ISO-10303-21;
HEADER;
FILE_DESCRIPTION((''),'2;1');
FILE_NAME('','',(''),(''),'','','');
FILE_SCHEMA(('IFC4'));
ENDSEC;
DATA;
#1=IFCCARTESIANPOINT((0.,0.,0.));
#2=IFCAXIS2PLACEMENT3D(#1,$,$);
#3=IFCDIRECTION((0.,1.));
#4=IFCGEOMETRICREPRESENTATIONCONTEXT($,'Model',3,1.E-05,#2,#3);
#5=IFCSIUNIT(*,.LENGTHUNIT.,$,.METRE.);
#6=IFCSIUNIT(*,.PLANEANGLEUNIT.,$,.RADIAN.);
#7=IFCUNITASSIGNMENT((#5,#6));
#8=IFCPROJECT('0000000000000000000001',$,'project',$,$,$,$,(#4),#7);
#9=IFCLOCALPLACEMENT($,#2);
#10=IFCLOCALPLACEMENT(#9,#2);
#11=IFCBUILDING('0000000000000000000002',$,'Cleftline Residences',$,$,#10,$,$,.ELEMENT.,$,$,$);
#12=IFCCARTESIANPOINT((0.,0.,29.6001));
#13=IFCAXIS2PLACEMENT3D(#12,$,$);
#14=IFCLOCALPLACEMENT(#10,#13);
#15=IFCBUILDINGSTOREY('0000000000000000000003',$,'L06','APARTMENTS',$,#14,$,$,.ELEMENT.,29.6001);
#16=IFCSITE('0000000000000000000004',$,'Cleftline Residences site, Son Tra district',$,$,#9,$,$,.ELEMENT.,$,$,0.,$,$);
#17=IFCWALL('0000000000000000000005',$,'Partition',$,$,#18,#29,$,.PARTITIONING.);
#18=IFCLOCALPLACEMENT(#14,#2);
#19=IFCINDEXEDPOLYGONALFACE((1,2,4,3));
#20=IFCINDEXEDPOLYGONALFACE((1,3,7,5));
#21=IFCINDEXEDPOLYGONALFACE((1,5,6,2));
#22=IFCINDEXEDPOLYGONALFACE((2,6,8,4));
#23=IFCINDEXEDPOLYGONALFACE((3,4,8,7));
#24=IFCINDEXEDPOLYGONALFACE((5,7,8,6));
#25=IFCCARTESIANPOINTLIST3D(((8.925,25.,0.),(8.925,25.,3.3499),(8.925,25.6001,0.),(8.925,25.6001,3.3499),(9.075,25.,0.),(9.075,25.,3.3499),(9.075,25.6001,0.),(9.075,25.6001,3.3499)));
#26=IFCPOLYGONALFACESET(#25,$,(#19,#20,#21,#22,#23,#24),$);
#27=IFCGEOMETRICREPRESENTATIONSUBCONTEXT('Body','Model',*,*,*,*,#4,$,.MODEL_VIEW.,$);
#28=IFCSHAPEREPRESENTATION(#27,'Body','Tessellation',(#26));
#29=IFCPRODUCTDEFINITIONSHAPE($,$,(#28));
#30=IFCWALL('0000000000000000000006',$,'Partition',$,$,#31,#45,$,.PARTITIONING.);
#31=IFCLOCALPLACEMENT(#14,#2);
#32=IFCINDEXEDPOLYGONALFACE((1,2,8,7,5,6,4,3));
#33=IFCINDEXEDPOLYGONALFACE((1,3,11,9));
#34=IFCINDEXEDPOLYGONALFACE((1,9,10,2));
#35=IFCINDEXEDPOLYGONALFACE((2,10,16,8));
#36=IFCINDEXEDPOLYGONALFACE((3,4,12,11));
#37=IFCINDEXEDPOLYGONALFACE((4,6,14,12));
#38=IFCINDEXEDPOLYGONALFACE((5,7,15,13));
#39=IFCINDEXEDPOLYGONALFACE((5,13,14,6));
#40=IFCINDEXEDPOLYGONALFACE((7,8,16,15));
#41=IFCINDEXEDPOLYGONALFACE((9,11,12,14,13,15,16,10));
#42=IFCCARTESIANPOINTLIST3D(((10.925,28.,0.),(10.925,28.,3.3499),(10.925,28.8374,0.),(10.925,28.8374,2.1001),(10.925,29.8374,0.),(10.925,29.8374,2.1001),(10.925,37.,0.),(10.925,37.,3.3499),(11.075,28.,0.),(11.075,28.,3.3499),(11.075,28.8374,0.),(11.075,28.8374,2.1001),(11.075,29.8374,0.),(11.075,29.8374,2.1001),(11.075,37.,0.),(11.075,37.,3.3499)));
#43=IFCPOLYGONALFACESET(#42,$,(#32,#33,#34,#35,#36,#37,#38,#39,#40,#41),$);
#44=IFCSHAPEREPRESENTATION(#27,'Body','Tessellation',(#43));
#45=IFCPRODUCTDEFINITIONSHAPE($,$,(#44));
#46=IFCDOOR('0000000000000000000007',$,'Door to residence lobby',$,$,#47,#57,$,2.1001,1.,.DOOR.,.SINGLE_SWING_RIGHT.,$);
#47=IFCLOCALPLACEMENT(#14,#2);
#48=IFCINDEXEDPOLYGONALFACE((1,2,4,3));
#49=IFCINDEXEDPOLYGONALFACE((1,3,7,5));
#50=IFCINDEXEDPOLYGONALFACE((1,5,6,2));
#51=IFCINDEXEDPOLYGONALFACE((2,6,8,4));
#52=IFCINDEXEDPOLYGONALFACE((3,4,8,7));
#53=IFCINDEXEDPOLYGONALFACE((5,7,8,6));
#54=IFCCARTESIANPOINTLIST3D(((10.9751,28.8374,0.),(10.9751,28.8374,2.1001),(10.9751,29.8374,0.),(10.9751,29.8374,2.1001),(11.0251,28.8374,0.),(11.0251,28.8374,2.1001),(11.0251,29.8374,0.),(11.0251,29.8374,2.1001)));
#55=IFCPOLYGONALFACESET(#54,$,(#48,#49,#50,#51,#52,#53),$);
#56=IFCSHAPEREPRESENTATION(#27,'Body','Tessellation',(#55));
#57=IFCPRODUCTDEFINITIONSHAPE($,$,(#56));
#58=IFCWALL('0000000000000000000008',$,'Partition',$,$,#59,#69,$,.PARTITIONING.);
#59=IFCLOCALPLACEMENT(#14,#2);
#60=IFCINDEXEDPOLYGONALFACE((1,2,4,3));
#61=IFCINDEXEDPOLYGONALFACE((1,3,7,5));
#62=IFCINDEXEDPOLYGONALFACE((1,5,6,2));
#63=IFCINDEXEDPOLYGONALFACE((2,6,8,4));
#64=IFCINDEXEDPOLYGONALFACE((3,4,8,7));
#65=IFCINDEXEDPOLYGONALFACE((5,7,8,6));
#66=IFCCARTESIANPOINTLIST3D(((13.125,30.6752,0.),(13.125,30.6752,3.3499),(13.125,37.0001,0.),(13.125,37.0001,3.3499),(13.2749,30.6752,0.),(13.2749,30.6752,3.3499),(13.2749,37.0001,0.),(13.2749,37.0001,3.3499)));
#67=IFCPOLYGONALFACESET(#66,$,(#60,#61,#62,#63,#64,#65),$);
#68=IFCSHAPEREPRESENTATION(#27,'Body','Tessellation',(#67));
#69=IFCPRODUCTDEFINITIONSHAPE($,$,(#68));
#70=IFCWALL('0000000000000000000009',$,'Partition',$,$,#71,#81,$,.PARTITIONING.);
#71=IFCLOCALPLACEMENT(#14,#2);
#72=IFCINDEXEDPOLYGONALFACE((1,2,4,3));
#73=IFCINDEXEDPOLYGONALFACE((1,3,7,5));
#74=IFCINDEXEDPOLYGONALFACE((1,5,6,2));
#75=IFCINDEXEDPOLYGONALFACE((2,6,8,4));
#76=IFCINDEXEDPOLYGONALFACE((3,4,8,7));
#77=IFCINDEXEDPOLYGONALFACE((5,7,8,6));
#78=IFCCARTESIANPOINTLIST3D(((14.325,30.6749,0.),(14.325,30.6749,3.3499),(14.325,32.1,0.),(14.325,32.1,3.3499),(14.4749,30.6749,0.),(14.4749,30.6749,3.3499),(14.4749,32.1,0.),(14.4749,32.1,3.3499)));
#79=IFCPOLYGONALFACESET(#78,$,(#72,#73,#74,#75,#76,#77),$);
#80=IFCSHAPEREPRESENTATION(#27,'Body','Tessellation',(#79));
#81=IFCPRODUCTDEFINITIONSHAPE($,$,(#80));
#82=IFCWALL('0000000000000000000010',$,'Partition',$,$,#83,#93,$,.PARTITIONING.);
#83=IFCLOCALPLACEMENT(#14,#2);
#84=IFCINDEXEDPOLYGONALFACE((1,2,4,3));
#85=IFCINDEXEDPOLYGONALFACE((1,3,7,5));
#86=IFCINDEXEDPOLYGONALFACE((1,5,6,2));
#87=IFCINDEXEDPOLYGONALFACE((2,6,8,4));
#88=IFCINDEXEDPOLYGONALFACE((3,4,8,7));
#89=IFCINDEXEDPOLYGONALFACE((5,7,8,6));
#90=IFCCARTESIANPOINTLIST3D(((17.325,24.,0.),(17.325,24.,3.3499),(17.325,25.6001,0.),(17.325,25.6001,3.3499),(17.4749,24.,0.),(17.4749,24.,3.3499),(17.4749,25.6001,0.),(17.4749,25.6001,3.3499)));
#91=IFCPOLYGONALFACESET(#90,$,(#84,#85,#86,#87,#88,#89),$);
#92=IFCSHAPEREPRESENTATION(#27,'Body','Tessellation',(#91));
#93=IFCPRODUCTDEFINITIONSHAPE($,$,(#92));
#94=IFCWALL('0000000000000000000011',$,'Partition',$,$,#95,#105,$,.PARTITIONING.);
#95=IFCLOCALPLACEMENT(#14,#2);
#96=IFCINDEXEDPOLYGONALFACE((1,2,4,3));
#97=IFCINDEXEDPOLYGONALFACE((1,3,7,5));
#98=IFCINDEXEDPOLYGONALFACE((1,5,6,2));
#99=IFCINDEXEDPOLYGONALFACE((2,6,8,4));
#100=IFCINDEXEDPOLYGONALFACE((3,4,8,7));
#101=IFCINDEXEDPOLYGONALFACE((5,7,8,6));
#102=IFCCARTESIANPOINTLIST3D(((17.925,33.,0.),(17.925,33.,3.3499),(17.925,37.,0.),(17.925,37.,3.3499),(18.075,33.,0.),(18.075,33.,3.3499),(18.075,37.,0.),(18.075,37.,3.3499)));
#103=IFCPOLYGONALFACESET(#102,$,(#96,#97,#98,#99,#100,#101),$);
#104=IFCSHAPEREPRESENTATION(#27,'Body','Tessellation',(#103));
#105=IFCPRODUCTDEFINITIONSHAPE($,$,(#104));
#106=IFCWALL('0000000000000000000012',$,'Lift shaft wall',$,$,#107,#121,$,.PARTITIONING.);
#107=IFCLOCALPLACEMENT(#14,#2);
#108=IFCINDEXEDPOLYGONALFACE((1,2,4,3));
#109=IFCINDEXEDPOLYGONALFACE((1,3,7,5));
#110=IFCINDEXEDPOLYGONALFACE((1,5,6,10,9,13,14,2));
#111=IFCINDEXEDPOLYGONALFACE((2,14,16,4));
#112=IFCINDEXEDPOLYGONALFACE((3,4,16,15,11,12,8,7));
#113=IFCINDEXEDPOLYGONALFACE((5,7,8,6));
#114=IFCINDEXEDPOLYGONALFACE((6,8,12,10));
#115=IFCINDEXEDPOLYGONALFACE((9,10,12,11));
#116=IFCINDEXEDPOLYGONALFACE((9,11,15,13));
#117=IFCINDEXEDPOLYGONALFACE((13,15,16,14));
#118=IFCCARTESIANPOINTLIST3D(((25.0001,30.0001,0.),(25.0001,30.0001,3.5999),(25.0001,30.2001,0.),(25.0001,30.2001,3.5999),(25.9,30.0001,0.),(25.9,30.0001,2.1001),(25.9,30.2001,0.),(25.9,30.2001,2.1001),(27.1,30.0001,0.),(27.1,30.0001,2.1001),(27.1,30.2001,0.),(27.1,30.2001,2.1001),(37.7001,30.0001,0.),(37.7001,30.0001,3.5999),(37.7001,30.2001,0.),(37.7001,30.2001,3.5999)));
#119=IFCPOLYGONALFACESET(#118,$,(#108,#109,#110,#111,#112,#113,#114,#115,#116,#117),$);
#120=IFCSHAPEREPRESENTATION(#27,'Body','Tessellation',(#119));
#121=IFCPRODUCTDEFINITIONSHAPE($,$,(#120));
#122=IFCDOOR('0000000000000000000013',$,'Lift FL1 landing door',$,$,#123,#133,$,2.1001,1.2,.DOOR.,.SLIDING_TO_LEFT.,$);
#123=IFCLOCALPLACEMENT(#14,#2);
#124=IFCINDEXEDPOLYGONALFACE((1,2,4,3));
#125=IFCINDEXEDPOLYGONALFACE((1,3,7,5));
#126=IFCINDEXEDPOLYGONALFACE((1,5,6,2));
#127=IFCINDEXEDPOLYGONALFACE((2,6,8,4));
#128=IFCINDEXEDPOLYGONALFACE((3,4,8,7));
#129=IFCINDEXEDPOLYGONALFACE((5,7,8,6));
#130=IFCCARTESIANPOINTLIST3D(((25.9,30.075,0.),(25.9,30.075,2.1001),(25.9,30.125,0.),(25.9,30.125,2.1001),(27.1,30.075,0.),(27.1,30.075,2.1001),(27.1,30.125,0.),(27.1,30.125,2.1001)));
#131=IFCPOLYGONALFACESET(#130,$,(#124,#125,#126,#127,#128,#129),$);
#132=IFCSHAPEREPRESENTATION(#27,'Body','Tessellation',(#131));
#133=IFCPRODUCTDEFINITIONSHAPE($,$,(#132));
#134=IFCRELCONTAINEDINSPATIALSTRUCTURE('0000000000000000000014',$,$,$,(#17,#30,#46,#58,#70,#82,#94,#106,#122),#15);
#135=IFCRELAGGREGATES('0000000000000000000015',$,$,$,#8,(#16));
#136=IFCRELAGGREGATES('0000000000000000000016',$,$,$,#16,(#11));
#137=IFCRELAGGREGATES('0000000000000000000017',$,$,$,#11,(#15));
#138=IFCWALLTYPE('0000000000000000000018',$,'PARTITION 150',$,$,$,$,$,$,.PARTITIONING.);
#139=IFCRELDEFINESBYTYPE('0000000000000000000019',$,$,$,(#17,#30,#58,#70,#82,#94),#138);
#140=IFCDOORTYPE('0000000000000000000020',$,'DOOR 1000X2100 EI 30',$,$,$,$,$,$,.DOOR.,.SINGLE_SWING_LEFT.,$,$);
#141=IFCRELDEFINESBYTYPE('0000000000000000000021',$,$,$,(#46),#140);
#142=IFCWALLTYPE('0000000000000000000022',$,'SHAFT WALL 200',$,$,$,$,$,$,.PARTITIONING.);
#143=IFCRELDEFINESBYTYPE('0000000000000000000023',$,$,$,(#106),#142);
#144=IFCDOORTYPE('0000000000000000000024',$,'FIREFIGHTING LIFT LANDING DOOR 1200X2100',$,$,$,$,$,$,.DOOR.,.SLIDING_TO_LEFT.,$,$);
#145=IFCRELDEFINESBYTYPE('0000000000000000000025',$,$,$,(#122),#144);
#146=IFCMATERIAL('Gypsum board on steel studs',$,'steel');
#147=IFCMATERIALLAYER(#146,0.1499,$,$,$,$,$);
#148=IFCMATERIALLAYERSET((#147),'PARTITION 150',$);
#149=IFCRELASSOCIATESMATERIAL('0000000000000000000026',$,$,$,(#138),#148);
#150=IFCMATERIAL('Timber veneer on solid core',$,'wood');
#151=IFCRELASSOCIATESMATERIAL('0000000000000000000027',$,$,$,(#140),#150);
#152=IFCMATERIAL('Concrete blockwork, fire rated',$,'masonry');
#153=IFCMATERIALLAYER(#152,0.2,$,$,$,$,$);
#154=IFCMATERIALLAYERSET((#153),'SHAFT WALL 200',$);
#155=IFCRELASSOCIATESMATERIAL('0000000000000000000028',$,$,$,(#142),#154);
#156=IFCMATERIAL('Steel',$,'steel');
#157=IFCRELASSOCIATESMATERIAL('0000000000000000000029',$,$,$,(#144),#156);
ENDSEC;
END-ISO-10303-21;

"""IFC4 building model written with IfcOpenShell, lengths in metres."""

from ifc_helpers import new_model, si_unit, direction, frame, frame_2d, origin, place, context, subcontext, project, spatial, rectangle, extrude, material, layer, layer_set, type_object, element, fill, save


model = new_model("IFC4")

# Units and contexts
model_context = context("Model", 3, precision=1e-05, world=origin(), true_north=direction((0.0, 1.0)))
body_context = subcontext(model_context, "Body", "Model", "MODEL_VIEW")
ifc_project = project(units=[si_unit("LENGTHUNIT", "METRE"), si_unit("PLANEANGLEUNIT", "RADIAN")], contexts=[model_context])

# Site, building, storey
site_placement = place(None, origin())
site = spatial("IfcSite", under=ifc_project, at=site_placement, Name="Cleftline Residences site, Son Tra district", CompositionType="ELEMENT", RefElevation=0.0)
building_placement = place(site_placement, origin())
building = spatial("IfcBuilding", under=site, at=building_placement, Name="Cleftline Residences", CompositionType="ELEMENT")
storey_placement = place(building_placement, frame((0.0, 0.0, 29.6001)))
storey = spatial("IfcBuildingStorey", under=building, at=storey_placement, Name="L06", Description="APARTMENTS", CompositionType="ELEMENT", Elevation=29.6001)

# Shared definitions
ifc_material_1 = material(Name="Gypsum board on steel studs", Category="steel")
ifc_layer_1 = layer(ifc_material_1, 0.1499)
ifc_layer_set_1 = layer_set([ifc_layer_1], Name="PARTITION 150")
wall_type_1 = type_object("IfcWallType", Name="PARTITION 150", PredefinedType="PARTITIONING", material=ifc_layer_set_1)

# Wall
wall_1_placement = place(storey_placement, frame((9.0, 25.0, 0.0), z_axis=(0.0, 0.0, 1.0), x_axis=(0.0, 1.0, 0.0)))
element("IfcWall", 1, at=wall_1_placement, inside=storey, type_object=wall_type_1, Name="Partition", PredefinedType="PARTITIONING", context=body_context, shape_type="SweptSolid", body=[
    extrude(rectangle(XDim=0.6001, YDim=0.1499, at=frame_2d((0.3, 0.0))), origin(), (0.0, 0.0, 1.0), 3.3499),
])

# Wall, opening, door
wall_2_placement = place(storey_placement, frame((11.0, 28.0, 0.0), z_axis=(0.0, 0.0, 1.0), x_axis=(0.0, 1.0, 0.0)))
wall_2 = element("IfcWall", 2, at=wall_2_placement, inside=storey, type_object=wall_type_1, Name="Partition", PredefinedType="PARTITIONING", context=body_context, shape_type="SweptSolid", body=[
    extrude(rectangle(XDim=9.0, YDim=0.1499, at=frame_2d((4.5, 0.0))), origin(), (0.0, 0.0, 1.0), 3.3499),
])
opening_1_placement = place(wall_2_placement, frame((0.8374, 0.0, 0.0)))
opening_1 = element("IfcOpeningElement", 3, at=opening_1_placement, cuts=wall_2, PredefinedType="OPENING", context=body_context, shape_type="SweptSolid", body=[
    extrude(rectangle(XDim=1.0, YDim=2.1001, at=frame_2d((0.5, 1.05))), frame((0.0, 0.085, 0.0), z_axis=(0.0, -1.0, 0.0), x_axis=(1.0, 0.0, 0.0)), (0.0, 0.0, 1.0), 0.1699),
])
ifc_material_2 = material(Name="Timber veneer on solid core", Category="wood")
door_type_1 = type_object("IfcDoorType", Name="DOOR 1000X2100 EI 30", OperationType="SINGLE_SWING_LEFT", PredefinedType="DOOR", material=ifc_material_2)
door_1_placement = place(opening_1_placement, origin())
door_1 = element("IfcDoor", 4, at=door_1_placement, inside=storey, type_object=door_type_1, Name="Door to residence lobby", OperationType="SINGLE_SWING_RIGHT", OverallHeight=2.1001, OverallWidth=1.0, PredefinedType="DOOR", context=body_context, shape_type="SweptSolid", body=[
    extrude(rectangle(XDim=1.0, YDim=2.1001, at=frame_2d((0.5, 1.05))), frame((0.0, 0.0249, 0.0), z_axis=(0.0, -1.0, 0.0), x_axis=(1.0, 0.0, 0.0)), (0.0, 0.0, 1.0), 0.05),
])
fill(opening_1, door_1)

# Walls
wall_3_placement = place(storey_placement, frame((13.2, 30.675, 0.0), z_axis=(0.0, 0.0, 1.0), x_axis=(0.0, 1.0, 0.0)))
element("IfcWall", 5, at=wall_3_placement, inside=storey, type_object=wall_type_1, Name="Partition", PredefinedType="PARTITIONING", context=body_context, shape_type="SweptSolid", body=[
    extrude(rectangle(XDim=6.325, YDim=0.1499, at=frame_2d((3.1626, 0.0))), origin(), (0.0, 0.0, 1.0), 3.3499),
])
wall_4_placement = place(storey_placement, frame((14.3999, 30.675, 0.0), z_axis=(0.0, 0.0, 1.0), x_axis=(0.0, 1.0, 0.0)))
element("IfcWall", 6, at=wall_4_placement, inside=storey, type_object=wall_type_1, Name="Partition", PredefinedType="PARTITIONING", context=body_context, shape_type="SweptSolid", body=[
    extrude(rectangle(XDim=1.425, YDim=0.1499, at=frame_2d((0.7124, 0.0))), origin(), (0.0, 0.0, 1.0), 3.3499),
])
wall_5_placement = place(storey_placement, frame((17.3999, 24.0, 0.0), z_axis=(0.0, 0.0, 1.0), x_axis=(0.0, 1.0, 0.0)))
element("IfcWall", 7, at=wall_5_placement, inside=storey, type_object=wall_type_1, Name="Partition", PredefinedType="PARTITIONING", context=body_context, shape_type="SweptSolid", body=[
    extrude(rectangle(XDim=1.6001, YDim=0.1499, at=frame_2d((0.8, 0.0))), origin(), (0.0, 0.0, 1.0), 3.3499),
])
wall_6_placement = place(storey_placement, frame((18.0, 33.0, 0.0), z_axis=(0.0, 0.0, 1.0), x_axis=(0.0, 1.0, 0.0)))
element("IfcWall", 8, at=wall_6_placement, inside=storey, type_object=wall_type_1, Name="Partition", PredefinedType="PARTITIONING", context=body_context, shape_type="SweptSolid", body=[
    extrude(rectangle(XDim=4.0, YDim=0.1499, at=frame_2d((2.0, 0.0))), origin(), (0.0, 0.0, 1.0), 3.3499),
])

# Wall, opening, door
ifc_material_3 = material(Name="Concrete blockwork, fire rated", Category="masonry")
ifc_layer_2 = layer(ifc_material_3, 0.2)
ifc_layer_set_2 = layer_set([ifc_layer_2], Name="SHAFT WALL 200")
wall_type_2 = type_object("IfcWallType", Name="SHAFT WALL 200", PredefinedType="PARTITIONING", material=ifc_layer_set_2)
wall_7_placement = place(storey_placement, frame((25.0, 30.1001, 0.0), z_axis=(0.0, 0.0, 1.0), x_axis=(1.0, 0.0, 0.0)))
wall_7 = element("IfcWall", 9, at=wall_7_placement, inside=storey, type_object=wall_type_2, Name="Lift shaft wall", PredefinedType="PARTITIONING", context=body_context, shape_type="SweptSolid", body=[
    extrude(rectangle(XDim=12.7, YDim=0.2, at=frame_2d((6.3501, 0.0))), origin(), (0.0, 0.0, 1.0), 3.5999),
])
opening_2_placement = place(wall_7_placement, frame((0.8999, 0.0, 0.0)))
opening_2 = element("IfcOpeningElement", 10, at=opening_2_placement, cuts=wall_7, PredefinedType="OPENING", context=body_context, shape_type="SweptSolid", body=[
    extrude(rectangle(XDim=1.2, YDim=2.1001, at=frame_2d((0.6001, 1.05))), frame((0.0, 0.1099, 0.0), z_axis=(0.0, -1.0, 0.0), x_axis=(1.0, 0.0, 0.0)), (0.0, 0.0, 1.0), 0.22),
])
ifc_material_4 = material(Name="Steel", Category="steel")
door_type_2 = type_object("IfcDoorType", Name="FIREFIGHTING LIFT LANDING DOOR 1200X2100", OperationType="SLIDING_TO_LEFT", PredefinedType="DOOR", material=ifc_material_4)
door_2_placement = place(opening_2_placement, origin())
door_2 = element("IfcDoor", 11, at=door_2_placement, inside=storey, type_object=door_type_2, Name="Lift FL1 landing door", OperationType="SLIDING_TO_LEFT", OverallHeight=2.1001, OverallWidth=1.2, PredefinedType="DOOR", context=body_context, shape_type="SweptSolid", body=[
    extrude(rectangle(XDim=1.2, YDim=2.1001, at=frame_2d((0.6001, 1.05))), frame((0.0, 0.0249, 0.0), z_axis=(0.0, -1.0, 0.0), x_axis=(1.0, 0.0, 0.0)), (0.0, 0.0, 1.0), 0.05),
])
fill(opening_2, door_2)

save(model, "model.ifc")
